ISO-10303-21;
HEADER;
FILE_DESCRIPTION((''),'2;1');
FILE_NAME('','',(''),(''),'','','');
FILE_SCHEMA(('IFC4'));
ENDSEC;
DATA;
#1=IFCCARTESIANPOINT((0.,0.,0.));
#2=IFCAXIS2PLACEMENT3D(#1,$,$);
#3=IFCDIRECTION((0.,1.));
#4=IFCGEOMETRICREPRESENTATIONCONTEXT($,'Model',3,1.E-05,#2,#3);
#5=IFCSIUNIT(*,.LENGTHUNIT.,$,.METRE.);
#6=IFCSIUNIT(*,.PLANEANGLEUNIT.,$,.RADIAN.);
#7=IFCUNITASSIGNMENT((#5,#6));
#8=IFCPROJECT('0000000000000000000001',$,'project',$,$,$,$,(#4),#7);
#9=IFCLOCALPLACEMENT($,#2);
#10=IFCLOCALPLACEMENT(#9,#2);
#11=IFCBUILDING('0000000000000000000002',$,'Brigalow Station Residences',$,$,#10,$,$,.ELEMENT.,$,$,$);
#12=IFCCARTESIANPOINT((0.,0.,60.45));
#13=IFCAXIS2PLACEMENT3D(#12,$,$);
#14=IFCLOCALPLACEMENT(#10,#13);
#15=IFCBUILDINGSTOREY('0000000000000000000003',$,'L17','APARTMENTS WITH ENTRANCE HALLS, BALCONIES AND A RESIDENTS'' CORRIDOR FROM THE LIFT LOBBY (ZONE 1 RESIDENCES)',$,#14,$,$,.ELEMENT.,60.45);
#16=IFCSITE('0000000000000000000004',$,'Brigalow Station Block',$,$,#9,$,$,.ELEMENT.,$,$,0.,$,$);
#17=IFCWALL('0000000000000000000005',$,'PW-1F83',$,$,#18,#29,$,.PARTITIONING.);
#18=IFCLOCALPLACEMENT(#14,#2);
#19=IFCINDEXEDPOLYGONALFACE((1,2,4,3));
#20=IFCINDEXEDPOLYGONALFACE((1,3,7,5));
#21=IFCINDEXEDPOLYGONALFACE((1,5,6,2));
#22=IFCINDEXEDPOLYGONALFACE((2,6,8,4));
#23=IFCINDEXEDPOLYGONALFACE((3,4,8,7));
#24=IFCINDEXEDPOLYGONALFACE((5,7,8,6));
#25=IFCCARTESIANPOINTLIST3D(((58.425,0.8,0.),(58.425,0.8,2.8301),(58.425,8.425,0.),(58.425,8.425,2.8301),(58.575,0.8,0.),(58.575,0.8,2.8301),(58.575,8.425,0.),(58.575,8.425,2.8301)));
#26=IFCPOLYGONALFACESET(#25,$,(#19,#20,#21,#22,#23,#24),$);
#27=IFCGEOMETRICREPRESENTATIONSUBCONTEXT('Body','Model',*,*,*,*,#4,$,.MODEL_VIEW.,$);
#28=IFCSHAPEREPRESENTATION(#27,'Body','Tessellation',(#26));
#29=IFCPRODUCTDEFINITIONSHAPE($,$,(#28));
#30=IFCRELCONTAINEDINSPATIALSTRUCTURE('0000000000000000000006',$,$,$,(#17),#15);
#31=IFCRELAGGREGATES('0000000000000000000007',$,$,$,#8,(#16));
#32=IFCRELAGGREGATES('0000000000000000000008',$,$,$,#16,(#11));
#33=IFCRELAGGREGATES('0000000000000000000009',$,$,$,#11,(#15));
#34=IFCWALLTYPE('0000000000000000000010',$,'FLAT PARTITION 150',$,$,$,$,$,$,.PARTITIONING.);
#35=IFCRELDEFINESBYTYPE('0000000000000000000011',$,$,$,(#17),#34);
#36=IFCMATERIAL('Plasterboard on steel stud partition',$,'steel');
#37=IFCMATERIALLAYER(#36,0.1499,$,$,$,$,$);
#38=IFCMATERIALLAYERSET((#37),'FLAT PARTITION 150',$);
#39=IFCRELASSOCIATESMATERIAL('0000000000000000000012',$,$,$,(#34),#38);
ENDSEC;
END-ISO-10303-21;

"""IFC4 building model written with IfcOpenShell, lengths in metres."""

from ifc_helpers import new_model, si_unit, direction, frame, frame_2d, origin, place, context, subcontext, project, spatial, rectangle, extrude, material, layer, layer_set, type_object, element, save


model = new_model("IFC4")

# Units and contexts
model_context = context("Model", 3, precision=1e-05, world=origin(), true_north=direction((0.0, 1.0)))
body_context = subcontext(model_context, "Body", "Model", "MODEL_VIEW")
ifc_project = project(units=[si_unit("LENGTHUNIT", "METRE"), si_unit("PLANEANGLEUNIT", "RADIAN")], contexts=[model_context])

# Site, building, storey
site_placement = place(None, origin())
site = spatial("IfcSite", under=ifc_project, at=site_placement, Name="Brigalow Station Block", CompositionType="ELEMENT", RefElevation=0.0)
building_placement = place(site_placement, origin())
building = spatial("IfcBuilding", under=site, at=building_placement, Name="Brigalow Station Residences", CompositionType="ELEMENT")
storey_placement = place(building_placement, frame((0.0, 0.0, 60.45)))
storey = spatial("IfcBuildingStorey", under=building, at=storey_placement, Name="L17", Description="APARTMENTS WITH ENTRANCE HALLS, BALCONIES AND A RESIDENTS' CORRIDOR FROM THE LIFT LOBBY (ZONE 1 RESIDENCES)", CompositionType="ELEMENT", Elevation=60.45)

# Shared definitions
ifc_material_1 = material(Name="Plasterboard on steel stud partition", Category="steel")
ifc_layer_1 = layer(ifc_material_1, 0.1499)
ifc_layer_set_1 = layer_set([ifc_layer_1], Name="FLAT PARTITION 150")
wall_type_1 = type_object("IfcWallType", Name="FLAT PARTITION 150", PredefinedType="PARTITIONING", material=ifc_layer_set_1)

# Wall
wall_1_placement = place(storey_placement, frame((58.5, 0.8, 0.0), z_axis=(0.0, 0.0, 1.0), x_axis=(0.0, 1.0, 0.0)))
element("IfcWall", 1, at=wall_1_placement, inside=storey, type_object=wall_type_1, Name="PW-1F83", PredefinedType="PARTITIONING", context=body_context, shape_type="SweptSolid", body=[
    extrude(rectangle(XDim=7.625, YDim=0.1499, at=frame_2d((3.8125, 0.0))), origin(), (0.0, 0.0, 1.0), 2.8301),
])

save(model, "model.ifc")
